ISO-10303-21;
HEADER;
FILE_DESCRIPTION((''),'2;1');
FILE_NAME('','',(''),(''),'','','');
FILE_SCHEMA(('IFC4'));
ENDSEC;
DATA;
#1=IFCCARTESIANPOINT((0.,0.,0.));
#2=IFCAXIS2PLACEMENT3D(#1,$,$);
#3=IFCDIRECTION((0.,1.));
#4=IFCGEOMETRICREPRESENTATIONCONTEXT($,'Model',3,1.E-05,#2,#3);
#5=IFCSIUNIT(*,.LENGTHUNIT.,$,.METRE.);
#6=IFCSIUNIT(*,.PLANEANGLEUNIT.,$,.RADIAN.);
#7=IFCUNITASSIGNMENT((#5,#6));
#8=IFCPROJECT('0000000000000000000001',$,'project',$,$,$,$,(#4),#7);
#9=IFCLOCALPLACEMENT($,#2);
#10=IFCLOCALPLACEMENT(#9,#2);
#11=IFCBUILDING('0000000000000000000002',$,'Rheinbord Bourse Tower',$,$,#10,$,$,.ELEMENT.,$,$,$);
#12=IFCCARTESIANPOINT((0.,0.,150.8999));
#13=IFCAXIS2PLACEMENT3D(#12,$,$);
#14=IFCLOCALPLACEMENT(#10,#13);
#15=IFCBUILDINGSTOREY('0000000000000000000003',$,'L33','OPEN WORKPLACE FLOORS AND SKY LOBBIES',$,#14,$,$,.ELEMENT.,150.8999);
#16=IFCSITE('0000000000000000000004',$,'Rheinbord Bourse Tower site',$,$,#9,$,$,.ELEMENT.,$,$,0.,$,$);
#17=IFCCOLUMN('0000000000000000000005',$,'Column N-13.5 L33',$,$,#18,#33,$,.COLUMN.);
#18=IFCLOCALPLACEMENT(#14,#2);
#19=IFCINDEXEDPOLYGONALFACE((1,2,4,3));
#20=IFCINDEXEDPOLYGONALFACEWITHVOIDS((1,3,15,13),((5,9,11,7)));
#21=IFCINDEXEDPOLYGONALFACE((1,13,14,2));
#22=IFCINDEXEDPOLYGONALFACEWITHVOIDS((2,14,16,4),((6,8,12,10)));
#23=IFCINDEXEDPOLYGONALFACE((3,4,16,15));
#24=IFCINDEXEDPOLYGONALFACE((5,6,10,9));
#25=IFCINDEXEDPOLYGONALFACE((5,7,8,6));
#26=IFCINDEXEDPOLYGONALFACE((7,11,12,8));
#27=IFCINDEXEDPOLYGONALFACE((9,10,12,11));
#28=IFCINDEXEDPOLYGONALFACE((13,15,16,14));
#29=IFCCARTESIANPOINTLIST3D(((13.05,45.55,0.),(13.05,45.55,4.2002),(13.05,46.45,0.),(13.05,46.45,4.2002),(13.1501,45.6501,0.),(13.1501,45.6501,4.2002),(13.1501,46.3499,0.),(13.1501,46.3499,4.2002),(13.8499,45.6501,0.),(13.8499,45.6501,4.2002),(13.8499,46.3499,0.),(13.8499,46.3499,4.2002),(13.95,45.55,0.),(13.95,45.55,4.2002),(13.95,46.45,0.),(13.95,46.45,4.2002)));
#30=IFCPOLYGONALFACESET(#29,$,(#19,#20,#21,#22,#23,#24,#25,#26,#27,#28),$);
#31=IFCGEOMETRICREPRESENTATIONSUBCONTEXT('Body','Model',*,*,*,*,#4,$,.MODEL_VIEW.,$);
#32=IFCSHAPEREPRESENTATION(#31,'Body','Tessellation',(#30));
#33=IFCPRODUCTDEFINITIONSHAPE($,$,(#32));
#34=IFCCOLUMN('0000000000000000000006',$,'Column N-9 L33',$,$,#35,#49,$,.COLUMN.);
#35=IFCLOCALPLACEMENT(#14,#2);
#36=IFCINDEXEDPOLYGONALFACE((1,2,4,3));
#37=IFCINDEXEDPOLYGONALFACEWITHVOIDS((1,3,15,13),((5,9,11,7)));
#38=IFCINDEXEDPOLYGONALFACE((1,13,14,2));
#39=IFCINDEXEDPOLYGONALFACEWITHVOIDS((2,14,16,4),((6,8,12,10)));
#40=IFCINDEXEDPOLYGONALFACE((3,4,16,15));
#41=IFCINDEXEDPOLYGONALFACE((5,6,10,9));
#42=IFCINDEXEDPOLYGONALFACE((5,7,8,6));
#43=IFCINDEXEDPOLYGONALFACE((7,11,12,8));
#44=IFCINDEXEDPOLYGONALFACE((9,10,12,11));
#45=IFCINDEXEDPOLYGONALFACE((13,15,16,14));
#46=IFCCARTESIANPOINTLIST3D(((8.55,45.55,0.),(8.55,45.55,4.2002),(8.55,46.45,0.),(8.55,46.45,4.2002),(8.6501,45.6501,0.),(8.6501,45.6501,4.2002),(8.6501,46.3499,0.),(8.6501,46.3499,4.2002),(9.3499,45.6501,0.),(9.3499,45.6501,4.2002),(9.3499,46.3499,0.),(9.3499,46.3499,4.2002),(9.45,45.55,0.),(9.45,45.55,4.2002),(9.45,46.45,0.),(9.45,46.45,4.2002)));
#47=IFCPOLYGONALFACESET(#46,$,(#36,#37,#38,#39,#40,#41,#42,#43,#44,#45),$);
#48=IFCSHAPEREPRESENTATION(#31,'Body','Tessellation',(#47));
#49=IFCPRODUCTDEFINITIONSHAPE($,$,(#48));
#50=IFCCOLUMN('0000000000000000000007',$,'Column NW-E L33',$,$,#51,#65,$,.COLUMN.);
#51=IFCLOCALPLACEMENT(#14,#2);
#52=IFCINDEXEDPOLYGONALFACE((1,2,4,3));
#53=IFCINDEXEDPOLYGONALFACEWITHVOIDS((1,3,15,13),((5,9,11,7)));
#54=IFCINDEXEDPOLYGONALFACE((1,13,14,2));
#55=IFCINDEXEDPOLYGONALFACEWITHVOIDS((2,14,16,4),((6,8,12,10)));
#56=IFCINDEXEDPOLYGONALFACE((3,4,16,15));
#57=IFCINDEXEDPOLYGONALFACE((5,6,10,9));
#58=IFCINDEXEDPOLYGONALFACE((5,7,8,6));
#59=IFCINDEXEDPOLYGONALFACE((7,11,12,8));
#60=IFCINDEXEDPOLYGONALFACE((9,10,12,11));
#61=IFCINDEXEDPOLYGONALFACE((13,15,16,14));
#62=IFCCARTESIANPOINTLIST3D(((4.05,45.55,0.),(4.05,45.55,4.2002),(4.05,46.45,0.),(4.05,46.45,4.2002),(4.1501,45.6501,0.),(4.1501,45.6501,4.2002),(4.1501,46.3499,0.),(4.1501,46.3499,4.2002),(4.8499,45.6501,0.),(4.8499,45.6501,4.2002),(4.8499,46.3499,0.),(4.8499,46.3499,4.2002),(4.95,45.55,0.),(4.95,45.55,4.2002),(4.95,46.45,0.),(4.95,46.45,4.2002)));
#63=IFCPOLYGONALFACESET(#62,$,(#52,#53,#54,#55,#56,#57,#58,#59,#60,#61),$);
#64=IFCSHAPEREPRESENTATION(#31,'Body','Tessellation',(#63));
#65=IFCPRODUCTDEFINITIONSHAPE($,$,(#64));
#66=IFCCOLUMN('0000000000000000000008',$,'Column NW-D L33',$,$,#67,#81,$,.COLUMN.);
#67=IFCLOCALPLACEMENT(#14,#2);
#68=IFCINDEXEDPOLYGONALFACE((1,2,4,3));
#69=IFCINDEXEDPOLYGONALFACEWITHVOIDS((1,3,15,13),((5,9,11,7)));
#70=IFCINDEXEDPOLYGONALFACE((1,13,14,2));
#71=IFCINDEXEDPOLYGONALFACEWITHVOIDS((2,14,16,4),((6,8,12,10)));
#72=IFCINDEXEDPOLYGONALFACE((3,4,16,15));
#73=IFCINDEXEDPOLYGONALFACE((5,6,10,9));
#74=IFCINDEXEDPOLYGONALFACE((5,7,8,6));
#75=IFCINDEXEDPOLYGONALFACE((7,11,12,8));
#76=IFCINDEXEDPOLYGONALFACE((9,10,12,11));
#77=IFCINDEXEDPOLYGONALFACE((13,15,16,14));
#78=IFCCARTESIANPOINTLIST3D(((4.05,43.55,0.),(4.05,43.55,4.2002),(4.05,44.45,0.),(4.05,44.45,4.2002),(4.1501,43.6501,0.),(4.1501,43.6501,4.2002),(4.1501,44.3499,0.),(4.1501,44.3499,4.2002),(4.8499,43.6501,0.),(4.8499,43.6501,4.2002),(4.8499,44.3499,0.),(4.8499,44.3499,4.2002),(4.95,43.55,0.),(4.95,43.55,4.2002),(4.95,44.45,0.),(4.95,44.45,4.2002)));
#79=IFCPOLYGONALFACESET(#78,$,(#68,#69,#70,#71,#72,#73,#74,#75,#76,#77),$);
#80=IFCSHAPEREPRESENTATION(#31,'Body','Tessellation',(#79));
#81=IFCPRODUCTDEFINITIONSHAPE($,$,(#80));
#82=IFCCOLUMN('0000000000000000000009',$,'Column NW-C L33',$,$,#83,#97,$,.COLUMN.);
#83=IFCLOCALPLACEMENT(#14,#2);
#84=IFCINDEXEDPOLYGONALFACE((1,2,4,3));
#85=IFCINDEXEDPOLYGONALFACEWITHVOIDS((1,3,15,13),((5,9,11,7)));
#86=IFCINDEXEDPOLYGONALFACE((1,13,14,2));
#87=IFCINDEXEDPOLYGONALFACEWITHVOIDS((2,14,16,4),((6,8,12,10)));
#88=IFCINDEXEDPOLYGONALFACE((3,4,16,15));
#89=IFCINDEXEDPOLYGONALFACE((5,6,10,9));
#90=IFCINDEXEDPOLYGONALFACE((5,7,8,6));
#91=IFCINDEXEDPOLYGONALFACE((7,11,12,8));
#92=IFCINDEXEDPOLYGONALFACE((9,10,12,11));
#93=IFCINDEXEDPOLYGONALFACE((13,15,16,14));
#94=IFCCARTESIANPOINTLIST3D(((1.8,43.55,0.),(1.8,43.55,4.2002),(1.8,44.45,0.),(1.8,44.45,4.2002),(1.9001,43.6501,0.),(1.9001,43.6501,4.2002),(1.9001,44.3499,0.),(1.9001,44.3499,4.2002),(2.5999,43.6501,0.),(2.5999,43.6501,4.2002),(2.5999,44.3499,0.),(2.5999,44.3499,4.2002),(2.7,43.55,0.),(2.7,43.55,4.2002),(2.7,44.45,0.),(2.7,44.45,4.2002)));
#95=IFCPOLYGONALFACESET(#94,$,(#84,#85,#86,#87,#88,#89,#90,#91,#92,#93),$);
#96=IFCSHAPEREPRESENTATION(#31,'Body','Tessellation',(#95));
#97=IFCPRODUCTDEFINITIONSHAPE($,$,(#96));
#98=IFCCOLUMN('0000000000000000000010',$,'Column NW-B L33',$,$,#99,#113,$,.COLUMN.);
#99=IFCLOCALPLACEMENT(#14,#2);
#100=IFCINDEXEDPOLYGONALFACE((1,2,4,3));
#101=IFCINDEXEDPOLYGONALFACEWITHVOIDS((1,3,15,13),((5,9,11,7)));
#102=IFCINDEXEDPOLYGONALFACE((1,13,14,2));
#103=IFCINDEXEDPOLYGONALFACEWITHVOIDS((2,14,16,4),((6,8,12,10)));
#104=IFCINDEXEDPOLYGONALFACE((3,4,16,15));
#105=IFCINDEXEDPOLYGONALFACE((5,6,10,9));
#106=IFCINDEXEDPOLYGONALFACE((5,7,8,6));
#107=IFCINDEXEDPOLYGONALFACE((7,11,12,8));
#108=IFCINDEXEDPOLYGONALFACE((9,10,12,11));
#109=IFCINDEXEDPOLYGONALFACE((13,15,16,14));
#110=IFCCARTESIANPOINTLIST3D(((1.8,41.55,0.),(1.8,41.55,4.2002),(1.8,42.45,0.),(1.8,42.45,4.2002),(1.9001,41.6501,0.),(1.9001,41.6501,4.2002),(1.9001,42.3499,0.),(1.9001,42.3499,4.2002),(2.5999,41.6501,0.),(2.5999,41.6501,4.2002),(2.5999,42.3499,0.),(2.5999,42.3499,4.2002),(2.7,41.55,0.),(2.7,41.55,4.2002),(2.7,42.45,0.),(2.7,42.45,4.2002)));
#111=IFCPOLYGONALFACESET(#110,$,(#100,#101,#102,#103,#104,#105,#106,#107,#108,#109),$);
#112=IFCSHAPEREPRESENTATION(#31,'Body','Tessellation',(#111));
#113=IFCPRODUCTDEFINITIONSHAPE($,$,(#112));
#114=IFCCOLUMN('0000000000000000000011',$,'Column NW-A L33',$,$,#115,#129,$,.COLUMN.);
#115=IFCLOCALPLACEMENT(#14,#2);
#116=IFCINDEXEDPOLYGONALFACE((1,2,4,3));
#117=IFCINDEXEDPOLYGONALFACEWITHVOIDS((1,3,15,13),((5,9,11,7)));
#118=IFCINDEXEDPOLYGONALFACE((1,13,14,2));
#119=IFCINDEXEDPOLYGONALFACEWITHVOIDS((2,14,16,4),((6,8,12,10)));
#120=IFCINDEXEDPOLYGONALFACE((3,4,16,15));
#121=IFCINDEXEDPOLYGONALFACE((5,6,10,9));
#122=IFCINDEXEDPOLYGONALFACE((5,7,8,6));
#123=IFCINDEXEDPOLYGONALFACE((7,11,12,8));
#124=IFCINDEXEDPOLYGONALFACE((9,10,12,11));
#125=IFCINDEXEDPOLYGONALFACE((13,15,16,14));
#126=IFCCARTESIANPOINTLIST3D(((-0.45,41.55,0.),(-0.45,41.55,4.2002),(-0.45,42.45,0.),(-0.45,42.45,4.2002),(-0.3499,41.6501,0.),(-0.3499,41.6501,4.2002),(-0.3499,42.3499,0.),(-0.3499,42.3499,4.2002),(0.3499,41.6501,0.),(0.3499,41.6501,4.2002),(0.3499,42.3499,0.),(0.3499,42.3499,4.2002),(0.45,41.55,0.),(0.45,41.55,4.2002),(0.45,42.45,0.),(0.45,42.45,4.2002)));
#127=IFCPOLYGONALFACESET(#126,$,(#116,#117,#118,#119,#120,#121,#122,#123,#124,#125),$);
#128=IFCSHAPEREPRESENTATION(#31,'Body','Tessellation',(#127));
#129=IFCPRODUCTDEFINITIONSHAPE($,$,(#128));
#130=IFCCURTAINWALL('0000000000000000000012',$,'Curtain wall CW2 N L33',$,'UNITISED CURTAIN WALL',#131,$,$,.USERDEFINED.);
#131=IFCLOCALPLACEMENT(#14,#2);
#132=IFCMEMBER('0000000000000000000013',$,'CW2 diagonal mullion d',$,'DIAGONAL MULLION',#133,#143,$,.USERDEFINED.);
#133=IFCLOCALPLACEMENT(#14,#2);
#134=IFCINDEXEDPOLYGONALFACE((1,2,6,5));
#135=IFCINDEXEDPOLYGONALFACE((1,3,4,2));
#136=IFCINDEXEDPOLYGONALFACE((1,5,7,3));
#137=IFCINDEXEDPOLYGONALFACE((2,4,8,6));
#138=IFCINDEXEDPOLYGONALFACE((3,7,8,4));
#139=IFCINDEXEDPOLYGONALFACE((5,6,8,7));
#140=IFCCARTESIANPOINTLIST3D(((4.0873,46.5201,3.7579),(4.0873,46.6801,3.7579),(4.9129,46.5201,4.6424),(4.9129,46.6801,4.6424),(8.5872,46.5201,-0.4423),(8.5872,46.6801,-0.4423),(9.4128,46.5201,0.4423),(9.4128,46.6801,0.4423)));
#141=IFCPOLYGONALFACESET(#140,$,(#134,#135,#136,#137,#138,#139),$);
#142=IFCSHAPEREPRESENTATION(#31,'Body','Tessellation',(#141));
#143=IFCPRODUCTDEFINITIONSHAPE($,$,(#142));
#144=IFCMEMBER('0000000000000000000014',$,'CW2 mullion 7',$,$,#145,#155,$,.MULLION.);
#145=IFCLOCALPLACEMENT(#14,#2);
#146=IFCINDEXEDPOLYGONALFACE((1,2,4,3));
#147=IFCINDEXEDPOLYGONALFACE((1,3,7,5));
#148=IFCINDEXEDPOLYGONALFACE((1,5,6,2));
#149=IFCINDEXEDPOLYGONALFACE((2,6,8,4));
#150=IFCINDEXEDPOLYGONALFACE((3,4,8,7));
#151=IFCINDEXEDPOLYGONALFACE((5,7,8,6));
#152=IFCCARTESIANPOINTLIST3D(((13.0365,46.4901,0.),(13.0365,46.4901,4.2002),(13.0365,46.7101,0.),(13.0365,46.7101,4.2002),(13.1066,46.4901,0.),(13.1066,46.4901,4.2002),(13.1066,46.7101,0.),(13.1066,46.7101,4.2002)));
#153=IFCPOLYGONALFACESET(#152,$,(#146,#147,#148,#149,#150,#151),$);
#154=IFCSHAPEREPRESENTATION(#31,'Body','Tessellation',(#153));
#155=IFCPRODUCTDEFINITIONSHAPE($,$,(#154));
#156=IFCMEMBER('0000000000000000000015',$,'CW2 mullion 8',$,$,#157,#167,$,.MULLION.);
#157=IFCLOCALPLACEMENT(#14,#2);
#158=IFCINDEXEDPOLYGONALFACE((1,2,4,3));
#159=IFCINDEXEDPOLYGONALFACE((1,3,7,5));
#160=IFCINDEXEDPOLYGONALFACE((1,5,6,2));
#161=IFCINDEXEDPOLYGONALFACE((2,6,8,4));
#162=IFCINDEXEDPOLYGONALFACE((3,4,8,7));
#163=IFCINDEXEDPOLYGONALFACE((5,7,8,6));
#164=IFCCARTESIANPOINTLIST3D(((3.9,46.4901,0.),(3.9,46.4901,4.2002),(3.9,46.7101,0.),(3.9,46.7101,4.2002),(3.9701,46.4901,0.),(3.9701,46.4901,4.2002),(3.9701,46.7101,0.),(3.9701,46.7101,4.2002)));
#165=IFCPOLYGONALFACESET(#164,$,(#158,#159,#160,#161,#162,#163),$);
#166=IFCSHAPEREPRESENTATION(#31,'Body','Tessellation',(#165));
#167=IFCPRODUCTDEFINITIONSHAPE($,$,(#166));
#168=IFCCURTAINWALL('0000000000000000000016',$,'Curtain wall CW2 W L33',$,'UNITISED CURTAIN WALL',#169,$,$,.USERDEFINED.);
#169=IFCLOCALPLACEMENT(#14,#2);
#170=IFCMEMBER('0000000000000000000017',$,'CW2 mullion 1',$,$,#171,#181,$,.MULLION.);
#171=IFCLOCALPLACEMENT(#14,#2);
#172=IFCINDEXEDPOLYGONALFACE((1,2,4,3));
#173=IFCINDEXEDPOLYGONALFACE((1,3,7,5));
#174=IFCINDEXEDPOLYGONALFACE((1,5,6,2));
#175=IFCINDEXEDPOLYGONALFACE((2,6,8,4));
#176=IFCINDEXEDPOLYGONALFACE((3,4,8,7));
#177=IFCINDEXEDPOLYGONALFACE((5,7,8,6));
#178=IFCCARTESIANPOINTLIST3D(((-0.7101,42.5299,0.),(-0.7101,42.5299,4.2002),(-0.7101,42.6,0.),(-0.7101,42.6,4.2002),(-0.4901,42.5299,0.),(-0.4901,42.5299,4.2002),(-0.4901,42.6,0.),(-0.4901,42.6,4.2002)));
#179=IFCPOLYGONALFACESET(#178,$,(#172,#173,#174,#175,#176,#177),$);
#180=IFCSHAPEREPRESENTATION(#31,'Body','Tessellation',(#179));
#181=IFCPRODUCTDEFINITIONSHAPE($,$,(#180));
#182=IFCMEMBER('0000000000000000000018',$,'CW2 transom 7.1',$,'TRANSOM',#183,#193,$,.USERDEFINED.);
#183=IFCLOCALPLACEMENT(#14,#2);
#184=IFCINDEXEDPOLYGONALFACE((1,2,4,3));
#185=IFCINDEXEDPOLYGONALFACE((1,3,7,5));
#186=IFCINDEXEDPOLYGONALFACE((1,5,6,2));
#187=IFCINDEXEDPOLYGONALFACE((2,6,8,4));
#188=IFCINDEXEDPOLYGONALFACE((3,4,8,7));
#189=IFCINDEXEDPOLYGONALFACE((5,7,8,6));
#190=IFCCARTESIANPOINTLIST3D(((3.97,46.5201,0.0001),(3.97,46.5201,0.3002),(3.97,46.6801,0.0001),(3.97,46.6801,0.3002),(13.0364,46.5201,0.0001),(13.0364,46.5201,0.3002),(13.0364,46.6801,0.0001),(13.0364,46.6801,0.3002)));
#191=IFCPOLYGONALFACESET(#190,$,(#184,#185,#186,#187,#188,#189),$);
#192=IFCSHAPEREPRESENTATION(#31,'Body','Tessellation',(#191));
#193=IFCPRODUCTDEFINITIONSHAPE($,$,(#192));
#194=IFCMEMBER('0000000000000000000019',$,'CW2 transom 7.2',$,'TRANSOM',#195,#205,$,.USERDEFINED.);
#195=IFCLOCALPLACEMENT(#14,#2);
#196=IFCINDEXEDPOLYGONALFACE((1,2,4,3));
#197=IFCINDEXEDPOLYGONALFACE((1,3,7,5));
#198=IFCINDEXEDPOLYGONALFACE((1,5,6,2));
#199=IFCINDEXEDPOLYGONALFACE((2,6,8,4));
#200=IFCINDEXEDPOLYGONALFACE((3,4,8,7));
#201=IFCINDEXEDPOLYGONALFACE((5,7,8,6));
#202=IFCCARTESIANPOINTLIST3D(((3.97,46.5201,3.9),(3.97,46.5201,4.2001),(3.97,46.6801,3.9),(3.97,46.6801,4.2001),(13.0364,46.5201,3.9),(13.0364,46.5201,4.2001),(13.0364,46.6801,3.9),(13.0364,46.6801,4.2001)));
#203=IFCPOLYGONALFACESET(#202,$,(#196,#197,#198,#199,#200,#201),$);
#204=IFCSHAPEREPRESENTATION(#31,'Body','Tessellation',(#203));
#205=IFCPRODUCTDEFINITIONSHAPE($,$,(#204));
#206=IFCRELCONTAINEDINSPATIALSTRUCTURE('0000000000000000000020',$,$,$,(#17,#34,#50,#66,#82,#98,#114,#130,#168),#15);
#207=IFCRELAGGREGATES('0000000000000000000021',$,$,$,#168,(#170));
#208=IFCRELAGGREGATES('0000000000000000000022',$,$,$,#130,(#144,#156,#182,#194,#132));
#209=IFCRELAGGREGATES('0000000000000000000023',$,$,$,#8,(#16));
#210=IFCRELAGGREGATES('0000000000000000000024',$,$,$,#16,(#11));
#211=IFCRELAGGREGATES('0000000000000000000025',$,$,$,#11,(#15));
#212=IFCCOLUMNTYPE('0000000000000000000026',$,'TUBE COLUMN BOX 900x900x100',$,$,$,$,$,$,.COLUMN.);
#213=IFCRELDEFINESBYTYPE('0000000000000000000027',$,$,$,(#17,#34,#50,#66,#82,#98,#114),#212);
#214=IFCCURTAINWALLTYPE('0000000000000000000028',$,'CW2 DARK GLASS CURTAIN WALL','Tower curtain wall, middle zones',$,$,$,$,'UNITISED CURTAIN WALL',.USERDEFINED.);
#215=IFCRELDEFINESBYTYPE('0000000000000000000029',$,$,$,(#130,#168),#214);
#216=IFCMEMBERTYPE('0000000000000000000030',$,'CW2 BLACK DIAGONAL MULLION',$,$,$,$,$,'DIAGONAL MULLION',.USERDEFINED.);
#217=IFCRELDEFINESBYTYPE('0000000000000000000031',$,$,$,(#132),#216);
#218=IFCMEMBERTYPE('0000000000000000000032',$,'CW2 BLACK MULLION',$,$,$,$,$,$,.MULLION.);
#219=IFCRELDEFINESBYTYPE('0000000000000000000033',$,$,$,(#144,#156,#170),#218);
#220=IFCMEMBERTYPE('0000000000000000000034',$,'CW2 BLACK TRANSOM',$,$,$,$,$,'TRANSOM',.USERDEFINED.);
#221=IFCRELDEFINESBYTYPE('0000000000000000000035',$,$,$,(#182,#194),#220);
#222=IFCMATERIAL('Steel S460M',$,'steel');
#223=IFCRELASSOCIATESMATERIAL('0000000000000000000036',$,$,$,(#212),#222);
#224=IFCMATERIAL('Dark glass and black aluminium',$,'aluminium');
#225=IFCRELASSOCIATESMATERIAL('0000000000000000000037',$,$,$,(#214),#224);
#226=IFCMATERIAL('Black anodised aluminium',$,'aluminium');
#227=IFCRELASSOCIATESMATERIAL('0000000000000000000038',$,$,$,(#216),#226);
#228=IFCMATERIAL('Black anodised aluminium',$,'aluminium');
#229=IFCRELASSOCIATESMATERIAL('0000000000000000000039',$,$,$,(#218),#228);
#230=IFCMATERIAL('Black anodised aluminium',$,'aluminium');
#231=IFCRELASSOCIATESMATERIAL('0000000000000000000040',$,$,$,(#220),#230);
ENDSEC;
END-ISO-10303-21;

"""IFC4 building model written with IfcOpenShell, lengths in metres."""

from ifc_helpers import new_model, si_unit, direction, frame, origin, origin_2d, place, context, subcontext, project, spatial, rectangle, hollow_rectangle, extrude, material, material_profile, profile_set, type_object, element, aggregate, save


model = new_model("IFC4")

# Units and contexts
model_context = context("Model", 3, precision=1e-05, world=origin(), true_north=direction((0.0, 1.0)))
body_context = subcontext(model_context, "Body", "Model", "MODEL_VIEW")
ifc_project = project(units=[si_unit("LENGTHUNIT", "METRE"), si_unit("PLANEANGLEUNIT", "RADIAN")], contexts=[model_context])

# Site, building, storey
site_placement = place(None, origin())
site = spatial("IfcSite", under=ifc_project, at=site_placement, Name="Rheinbord Bourse Tower site", CompositionType="ELEMENT", RefElevation=0.0)
building_placement = place(site_placement, origin())
building = spatial("IfcBuilding", under=site, at=building_placement, Name="Rheinbord Bourse Tower", CompositionType="ELEMENT")
storey_placement = place(building_placement, frame((0.0, 0.0, 150.8999)))
storey = spatial("IfcBuildingStorey", under=building, at=storey_placement, Name="L33", Description="OPEN WORKPLACE FLOORS AND SKY LOBBIES", CompositionType="ELEMENT", Elevation=150.8999)

# Columns
ifc_material_1 = material(Name="Steel S460M", Category="steel")
ifc_material_profile_1 = material_profile(ifc_material_1, hollow_rectangle(XDim=0.8999, YDim=0.8999, WallThickness=0.1001, at=origin_2d()), Name="BOX 900x900x100")
ifc_profile_set_1 = profile_set([ifc_material_profile_1], Name="Steel S460M")
column_type = type_object("IfcColumnType", Name="TUBE COLUMN BOX 900x900x100", PredefinedType="COLUMN", material=ifc_profile_set_1)
for number, where, z_axis, x_axis, name in (
    (1, (13.5, 46.0, 0.0), (0.0, 0.0, 1.0), (0.0, 1.0, 0.0), "Column N-13.5 L33"),
    (2, (9.0, 46.0, 0.0), (0.0, 0.0, 1.0), (0.0, 1.0, 0.0), "Column N-9 L33"),
    (3, (4.5, 46.0, 0.0), (0.0, 0.0, 1.0), (0.0, 1.0, 0.0), "Column NW-E L33"),
    (4, (4.5, 44.0, 0.0), (0.0, 0.0, 1.0), (0.0, 1.0, 0.0), "Column NW-D L33"),
    (5, (2.25, 44.0, 0.0), (0.0, 0.0, 1.0), (1.0, 0.0, 0.0), "Column NW-C L33"),
    (6, (2.25, 42.0, 0.0), (0.0, 0.0, 1.0), (1.0, 0.0, 0.0), "Column NW-B L33"),
    (7, (0.0, 42.0, 0.0), (0.0, 0.0, 1.0), (1.0, 0.0, 0.0), "Column NW-A L33"),
):
    element("IfcColumn", number, at=place(storey_placement, frame(where, z_axis=z_axis, x_axis=x_axis)), inside=storey, type_object=column_type, Name=name, PredefinedType="COLUMN", context=body_context, shape_type="SweptSolid", body=[
        extrude(hollow_rectangle(XDim=0.8999, YDim=0.8999, WallThickness=0.1001, at=origin_2d()), origin(), (0.0, 0.0, 1.0), 4.2002),
    ])

# Curtain wall, members
ifc_material_2 = material(Name="Dark glass and black aluminium", Category="aluminium")
curtain_wall_type = type_object("IfcCurtainWallType", Name="CW2 DARK GLASS CURTAIN WALL", Description="Tower curtain wall, middle zones", ElementType="UNITISED CURTAIN WALL", PredefinedType="USERDEFINED", material=ifc_material_2)
curtain_wall_1_placement = place(storey_placement, origin())
curtain_wall_1 = element("IfcCurtainWall", 8, at=curtain_wall_1_placement, inside=storey, type_object=curtain_wall_type, Name="Curtain wall CW2 N L33", ObjectType="UNITISED CURTAIN WALL", PredefinedType="USERDEFINED")
ifc_material_3 = material(Name="Black anodised aluminium", Category="aluminium")
ifc_material_profile_2 = material_profile(ifc_material_3, rectangle(XDim=0.1599, YDim=1.21, at=origin_2d()), Name="CW2 DIAGONAL MULLION 1210x160")
ifc_profile_set_2 = profile_set([ifc_material_profile_2], Name="Black anodised aluminium")
member_type_1 = type_object("IfcMemberType", Name="CW2 BLACK DIAGONAL MULLION", ElementType="DIAGONAL MULLION", PredefinedType="USERDEFINED", material=ifc_profile_set_2)
member_1_placement = place(storey_placement, frame((9.0, 46.6001, 0.0), z_axis=(-0.731039, 0.0, 0.682335), x_axis=(0.0, -1.0, 0.0)))
member_1 = element("IfcMember", 9, at=member_1_placement, type_object=member_type_1, Name="CW2 diagonal mullion d", ObjectType="DIAGONAL MULLION", PredefinedType="USERDEFINED", context=body_context, shape_type="SweptSolid", body=[
    extrude(rectangle(XDim=0.1599, YDim=1.21, at=origin_2d()), origin(), (0.0, 0.0, 1.0), 6.1555),
])
ifc_material_4 = material(Name="Black anodised aluminium", Category="aluminium")
ifc_material_profile_3 = material_profile(ifc_material_4, rectangle(XDim=0.22, YDim=0.0701, at=origin_2d()), Name="CW2 MULLION 70x220")
ifc_profile_set_3 = profile_set([ifc_material_profile_3], Name="Black anodised aluminium")
member_type_2 = type_object("IfcMemberType", Name="CW2 BLACK MULLION", PredefinedType="MULLION", material=ifc_profile_set_3)
member_2_placement = place(storey_placement, frame((13.0715, 46.6001, 0.0), z_axis=(0.0, 0.0, 1.0), x_axis=(0.0, -1.0, 0.0)))
member_2 = element("IfcMember", 10, at=member_2_placement, type_object=member_type_2, Name="CW2 mullion 7", PredefinedType="MULLION", context=body_context, shape_type="SweptSolid", body=[
    extrude(rectangle(XDim=0.22, YDim=0.0701, at=origin_2d()), origin(), (0.0, 0.0, 1.0), 4.2002),
])
member_3_placement = place(storey_placement, frame((3.9351, 46.6001, 0.0), z_axis=(0.0, 0.0, 1.0), x_axis=(0.0, -1.0, 0.0)))
member_3 = element("IfcMember", 11, at=member_3_placement, type_object=member_type_2, Name="CW2 mullion 8", PredefinedType="MULLION", context=body_context, shape_type="SweptSolid", body=[
    extrude(rectangle(XDim=0.22, YDim=0.0701, at=origin_2d()), origin(), (0.0, 0.0, 1.0), 4.2002),
])

# Curtain wall, member
curtain_wall_2_placement = place(storey_placement, origin())
curtain_wall_2 = element("IfcCurtainWall", 12, at=curtain_wall_2_placement, inside=storey, type_object=curtain_wall_type, Name="Curtain wall CW2 W L33", ObjectType="UNITISED CURTAIN WALL", PredefinedType="USERDEFINED")
member_4_placement = place(storey_placement, frame((-0.6001, 42.5649, 0.0), z_axis=(0.0, 0.0, 1.0), x_axis=(1.0, 0.0, 0.0)))
member_4 = element("IfcMember", 13, at=member_4_placement, type_object=member_type_2, Name="CW2 mullion 1", PredefinedType="MULLION", context=body_context, shape_type="SweptSolid", body=[
    extrude(rectangle(XDim=0.22, YDim=0.0701, at=origin_2d()), origin(), (0.0, 0.0, 1.0), 4.2002),
])

# Members
ifc_material_5 = material(Name="Black anodised aluminium", Category="aluminium")
ifc_material_profile_4 = material_profile(ifc_material_5, rectangle(XDim=0.1599, YDim=0.3, at=origin_2d()), Name="CW2 TRANSOM 300x160")
ifc_profile_set_4 = profile_set([ifc_material_profile_4], Name="Black anodised aluminium")
member_type_3 = type_object("IfcMemberType", Name="CW2 BLACK TRANSOM", ElementType="TRANSOM", PredefinedType="USERDEFINED", material=ifc_profile_set_4)
member_5_placement = place(storey_placement, frame((13.0364, 46.6001, 0.1501), z_axis=(-1.0, 0.0, 0.0), x_axis=(0.0, -1.0, 0.0)))
member_5 = element("IfcMember", 14, at=member_5_placement, type_object=member_type_3, Name="CW2 transom 7.1", ObjectType="TRANSOM", PredefinedType="USERDEFINED", context=body_context, shape_type="SweptSolid", body=[
    extrude(rectangle(XDim=0.1599, YDim=0.3, at=origin_2d()), origin(), (0.0, 0.0, 1.0), 9.0664),
])
member_6_placement = place(storey_placement, frame((13.0364, 46.6001, 4.05), z_axis=(-1.0, 0.0, 0.0), x_axis=(0.0, -1.0, 0.0)))
member_6 = element("IfcMember", 15, at=member_6_placement, type_object=member_type_3, Name="CW2 transom 7.2", ObjectType="TRANSOM", PredefinedType="USERDEFINED", context=body_context, shape_type="SweptSolid", body=[
    extrude(rectangle(XDim=0.1599, YDim=0.3, at=origin_2d()), origin(), (0.0, 0.0, 1.0), 9.0664),
])
aggregate(curtain_wall_2, [member_4])

aggregate(curtain_wall_1, [member_2, member_3, member_5, member_6, member_1])

save(model, "model.ifc")
